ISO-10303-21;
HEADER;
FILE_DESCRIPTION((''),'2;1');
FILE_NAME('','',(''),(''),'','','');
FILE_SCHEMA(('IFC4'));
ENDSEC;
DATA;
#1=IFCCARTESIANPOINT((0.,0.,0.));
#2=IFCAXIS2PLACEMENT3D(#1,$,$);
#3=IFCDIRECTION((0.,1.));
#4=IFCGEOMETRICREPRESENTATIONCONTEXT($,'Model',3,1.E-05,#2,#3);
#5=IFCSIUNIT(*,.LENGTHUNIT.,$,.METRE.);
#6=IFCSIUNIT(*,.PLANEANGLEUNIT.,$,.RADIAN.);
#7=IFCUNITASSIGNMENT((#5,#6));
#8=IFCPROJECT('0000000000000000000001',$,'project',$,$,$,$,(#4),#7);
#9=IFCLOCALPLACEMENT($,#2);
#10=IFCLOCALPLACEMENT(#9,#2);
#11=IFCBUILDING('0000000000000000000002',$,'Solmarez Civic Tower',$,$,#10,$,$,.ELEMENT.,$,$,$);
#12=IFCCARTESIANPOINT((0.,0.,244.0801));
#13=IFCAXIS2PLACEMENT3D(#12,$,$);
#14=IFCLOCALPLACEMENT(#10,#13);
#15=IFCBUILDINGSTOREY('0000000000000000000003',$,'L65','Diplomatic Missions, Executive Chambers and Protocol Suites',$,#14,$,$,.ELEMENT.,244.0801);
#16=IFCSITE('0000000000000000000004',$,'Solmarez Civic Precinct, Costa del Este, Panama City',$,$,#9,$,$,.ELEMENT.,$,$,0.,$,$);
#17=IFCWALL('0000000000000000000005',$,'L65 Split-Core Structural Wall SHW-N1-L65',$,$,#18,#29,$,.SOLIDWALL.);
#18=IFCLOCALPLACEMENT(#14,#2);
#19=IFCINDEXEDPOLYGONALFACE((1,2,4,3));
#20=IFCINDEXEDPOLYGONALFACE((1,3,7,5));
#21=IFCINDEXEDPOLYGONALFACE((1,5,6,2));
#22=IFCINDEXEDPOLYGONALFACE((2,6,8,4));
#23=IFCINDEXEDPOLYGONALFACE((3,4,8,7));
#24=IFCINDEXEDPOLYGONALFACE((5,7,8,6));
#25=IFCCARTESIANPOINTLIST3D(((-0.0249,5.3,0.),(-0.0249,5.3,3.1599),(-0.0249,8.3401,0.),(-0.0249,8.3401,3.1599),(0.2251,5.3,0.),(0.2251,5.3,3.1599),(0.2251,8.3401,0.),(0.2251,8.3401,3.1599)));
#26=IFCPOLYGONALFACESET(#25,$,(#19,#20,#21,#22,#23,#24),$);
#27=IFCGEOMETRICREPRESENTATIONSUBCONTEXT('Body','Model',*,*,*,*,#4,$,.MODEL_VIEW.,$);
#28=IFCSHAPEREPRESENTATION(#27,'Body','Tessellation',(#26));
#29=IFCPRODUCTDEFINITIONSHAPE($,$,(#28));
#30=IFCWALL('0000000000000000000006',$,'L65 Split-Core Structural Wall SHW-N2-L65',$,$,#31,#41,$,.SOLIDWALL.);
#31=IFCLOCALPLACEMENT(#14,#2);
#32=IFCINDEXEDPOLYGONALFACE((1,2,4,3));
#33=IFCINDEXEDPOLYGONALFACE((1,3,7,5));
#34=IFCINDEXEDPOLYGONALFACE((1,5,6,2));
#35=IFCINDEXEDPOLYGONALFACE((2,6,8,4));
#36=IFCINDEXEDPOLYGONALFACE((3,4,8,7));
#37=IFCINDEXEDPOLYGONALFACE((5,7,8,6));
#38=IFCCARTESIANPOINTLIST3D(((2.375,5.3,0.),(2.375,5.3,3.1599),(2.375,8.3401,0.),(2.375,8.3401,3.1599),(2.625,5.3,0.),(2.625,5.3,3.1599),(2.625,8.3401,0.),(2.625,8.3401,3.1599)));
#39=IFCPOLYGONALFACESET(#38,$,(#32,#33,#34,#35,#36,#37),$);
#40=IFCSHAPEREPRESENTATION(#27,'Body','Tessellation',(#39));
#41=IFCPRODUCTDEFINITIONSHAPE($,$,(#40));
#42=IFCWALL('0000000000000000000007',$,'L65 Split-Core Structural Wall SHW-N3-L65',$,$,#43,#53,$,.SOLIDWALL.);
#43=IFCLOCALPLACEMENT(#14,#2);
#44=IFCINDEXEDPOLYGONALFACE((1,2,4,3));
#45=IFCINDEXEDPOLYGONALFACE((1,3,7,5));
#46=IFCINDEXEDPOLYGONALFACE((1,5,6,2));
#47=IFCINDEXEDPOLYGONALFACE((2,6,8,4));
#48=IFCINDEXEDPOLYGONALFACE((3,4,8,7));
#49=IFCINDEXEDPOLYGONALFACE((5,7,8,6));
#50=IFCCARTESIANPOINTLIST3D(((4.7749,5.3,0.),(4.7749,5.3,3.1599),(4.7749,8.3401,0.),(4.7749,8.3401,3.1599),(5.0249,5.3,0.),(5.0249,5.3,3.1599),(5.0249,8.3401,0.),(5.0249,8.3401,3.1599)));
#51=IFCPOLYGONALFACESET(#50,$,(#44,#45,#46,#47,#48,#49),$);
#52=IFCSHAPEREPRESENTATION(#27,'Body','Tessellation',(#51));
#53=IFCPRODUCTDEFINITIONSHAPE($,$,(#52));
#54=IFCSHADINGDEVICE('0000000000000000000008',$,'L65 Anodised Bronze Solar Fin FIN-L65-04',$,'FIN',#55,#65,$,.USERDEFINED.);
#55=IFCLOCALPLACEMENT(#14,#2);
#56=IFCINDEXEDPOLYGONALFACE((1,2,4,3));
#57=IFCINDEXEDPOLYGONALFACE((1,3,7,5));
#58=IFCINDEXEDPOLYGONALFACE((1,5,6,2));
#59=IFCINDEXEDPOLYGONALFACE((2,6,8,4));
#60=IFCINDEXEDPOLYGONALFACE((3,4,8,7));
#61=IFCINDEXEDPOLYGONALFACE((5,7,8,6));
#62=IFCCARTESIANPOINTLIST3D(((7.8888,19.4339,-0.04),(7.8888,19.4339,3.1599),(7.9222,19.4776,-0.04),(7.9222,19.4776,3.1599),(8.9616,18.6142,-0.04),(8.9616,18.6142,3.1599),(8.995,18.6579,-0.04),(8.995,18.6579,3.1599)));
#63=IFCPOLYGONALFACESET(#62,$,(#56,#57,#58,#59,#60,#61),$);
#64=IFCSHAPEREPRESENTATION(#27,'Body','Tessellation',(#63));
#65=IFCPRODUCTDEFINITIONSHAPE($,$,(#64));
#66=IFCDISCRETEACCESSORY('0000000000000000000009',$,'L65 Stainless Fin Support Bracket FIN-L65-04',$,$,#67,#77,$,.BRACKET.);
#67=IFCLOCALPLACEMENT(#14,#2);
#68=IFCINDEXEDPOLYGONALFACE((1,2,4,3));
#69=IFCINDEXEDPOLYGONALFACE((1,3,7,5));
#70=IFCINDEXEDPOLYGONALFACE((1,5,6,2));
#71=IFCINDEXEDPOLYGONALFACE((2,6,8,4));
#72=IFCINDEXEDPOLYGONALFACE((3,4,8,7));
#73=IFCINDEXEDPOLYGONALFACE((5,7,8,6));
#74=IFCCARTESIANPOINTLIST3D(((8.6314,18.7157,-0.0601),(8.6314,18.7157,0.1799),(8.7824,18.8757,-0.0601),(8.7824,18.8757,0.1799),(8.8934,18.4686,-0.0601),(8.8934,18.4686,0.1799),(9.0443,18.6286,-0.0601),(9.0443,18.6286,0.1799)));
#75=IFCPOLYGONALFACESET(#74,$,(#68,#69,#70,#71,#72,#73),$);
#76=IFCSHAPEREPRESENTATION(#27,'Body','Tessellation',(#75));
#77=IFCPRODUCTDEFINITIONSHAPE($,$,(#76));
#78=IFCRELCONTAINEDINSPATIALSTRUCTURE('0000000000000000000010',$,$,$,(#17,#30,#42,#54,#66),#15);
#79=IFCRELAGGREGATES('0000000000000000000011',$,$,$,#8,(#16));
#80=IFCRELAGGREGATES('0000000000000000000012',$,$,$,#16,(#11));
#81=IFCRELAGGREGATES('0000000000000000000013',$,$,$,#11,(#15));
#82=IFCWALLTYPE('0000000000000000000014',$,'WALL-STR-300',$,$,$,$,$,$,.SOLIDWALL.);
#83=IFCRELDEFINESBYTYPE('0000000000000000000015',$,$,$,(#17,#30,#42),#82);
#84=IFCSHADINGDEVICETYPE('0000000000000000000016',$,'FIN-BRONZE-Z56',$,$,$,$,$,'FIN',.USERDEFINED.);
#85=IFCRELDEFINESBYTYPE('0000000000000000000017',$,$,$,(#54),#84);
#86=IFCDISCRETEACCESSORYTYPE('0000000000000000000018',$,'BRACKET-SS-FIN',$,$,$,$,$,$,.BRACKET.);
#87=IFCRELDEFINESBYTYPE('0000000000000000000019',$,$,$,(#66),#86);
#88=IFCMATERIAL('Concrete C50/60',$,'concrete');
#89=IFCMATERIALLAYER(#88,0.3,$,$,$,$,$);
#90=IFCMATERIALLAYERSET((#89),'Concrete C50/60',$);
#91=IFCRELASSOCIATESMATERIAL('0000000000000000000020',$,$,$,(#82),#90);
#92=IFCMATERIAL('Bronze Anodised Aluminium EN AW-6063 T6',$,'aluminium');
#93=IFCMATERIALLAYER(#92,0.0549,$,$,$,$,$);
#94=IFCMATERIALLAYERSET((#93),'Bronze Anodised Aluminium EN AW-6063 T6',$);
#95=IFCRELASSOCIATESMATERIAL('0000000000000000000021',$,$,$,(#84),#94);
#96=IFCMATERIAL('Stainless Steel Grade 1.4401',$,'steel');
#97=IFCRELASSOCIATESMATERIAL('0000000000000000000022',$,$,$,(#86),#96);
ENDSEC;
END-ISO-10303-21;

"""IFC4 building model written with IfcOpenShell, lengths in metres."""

from ifc_helpers import new_model, si_unit, direction, frame, frame_2d, origin, origin_2d, place, context, subcontext, project, spatial, rectangle, extrude, material, layer, layer_set, type_object, element, save


model = new_model("IFC4")

# Units and contexts
model_context = context("Model", 3, precision=1e-05, world=origin(), true_north=direction((0.0, 1.0)))
body_context = subcontext(model_context, "Body", "Model", "MODEL_VIEW")
ifc_project = project(units=[si_unit("LENGTHUNIT", "METRE"), si_unit("PLANEANGLEUNIT", "RADIAN")], contexts=[model_context])

# Site, building, storey
site_placement = place(None, origin())
site = spatial("IfcSite", under=ifc_project, at=site_placement, Name="Solmarez Civic Precinct, Costa del Este, Panama City", CompositionType="ELEMENT", RefElevation=0.0)
building_placement = place(site_placement, origin())
building = spatial("IfcBuilding", under=site, at=building_placement, Name="Solmarez Civic Tower", CompositionType="ELEMENT")
storey_placement = place(building_placement, frame((0.0, 0.0, 244.0801)))
storey = spatial("IfcBuildingStorey", under=building, at=storey_placement, Name="L65", Description="Diplomatic Missions, Executive Chambers and Protocol Suites", CompositionType="ELEMENT", Elevation=244.0801)

# Shared definitions
ifc_material_1 = material(Name="Concrete C50/60", Category="concrete")

# Shared definitions
ifc_layer_1 = layer(ifc_material_1, 0.3)
ifc_layer_set_1 = layer_set([ifc_layer_1], Name="Concrete C50/60")
wall_type_1 = type_object("IfcWallType", Name="WALL-STR-300", PredefinedType="SOLIDWALL", material=ifc_layer_set_1)

# Walls
for number, where, z_axis, x_axis, name in (
    (1, (0.1001, 5.3, 0.0), (0.0, 0.0, 1.0), (0.0, 1.0, 0.0), "L65 Split-Core Structural Wall SHW-N1-L65"),
    (2, (2.5, 5.3, 0.0), (0.0, 0.0, 1.0), (0.0, 1.0, 0.0), "L65 Split-Core Structural Wall SHW-N2-L65"),
    (3, (4.8999, 5.3, 0.0), (0.0, 0.0, 1.0), (0.0, 1.0, 0.0), "L65 Split-Core Structural Wall SHW-N3-L65"),
):
    element("IfcWall", number, at=place(storey_placement, frame(where, z_axis=z_axis, x_axis=x_axis)), inside=storey, type_object=wall_type_1, Name=name, PredefinedType="SOLIDWALL", context=body_context, shape_type="SweptSolid", body=[
        extrude(rectangle(XDim=3.04, YDim=0.25, at=frame_2d((1.52, 0.0))), origin(), (0.0, 0.0, 1.0), 3.1599),
    ])

# Shading device
ifc_material_2 = material(Name="Bronze Anodised Aluminium EN AW-6063 T6", Category="aluminium")
ifc_layer_2 = layer(ifc_material_2, 0.0549)
ifc_layer_set_2 = layer_set([ifc_layer_2], Name="Bronze Anodised Aluminium EN AW-6063 T6")
shading_device_type = type_object("IfcShadingDeviceType", Name="FIN-BRONZE-Z56", ElementType="FIN", PredefinedType="USERDEFINED", material=ifc_layer_set_2)
shading_device_placement = place(storey_placement, frame((8.4419, 19.0459, -0.04), z_axis=(0.0, 0.0, 1.0), x_axis=(-0.794584, 0.607154, 0.0)))
element("IfcShadingDevice", 4, at=shading_device_placement, inside=storey, type_object=shading_device_type, Name="L65 Anodised Bronze Solar Fin FIN-L65-04", ObjectType="FIN", PredefinedType="USERDEFINED", context=body_context, shape_type="SweptSolid", body=[
    extrude(rectangle(XDim=1.3501, YDim=0.0549, at=origin_2d()), origin(), (0.0, 0.0, 1.0), 3.2),
])

# Discrete accessory
ifc_material_3 = material(Name="Stainless Steel Grade 1.4401", Category="steel")
discrete_accessory_type = type_object("IfcDiscreteAccessoryType", Name="BRACKET-SS-FIN", PredefinedType="BRACKET", material=ifc_material_3)
discrete_accessory_placement = place(storey_placement, frame((8.8379, 18.6721, -0.0601), z_axis=(0.0, 0.0, 1.0), x_axis=(-0.727453, 0.686158, 0.0)))
element("IfcDiscreteAccessory", 5, at=discrete_accessory_placement, inside=storey, type_object=discrete_accessory_type, Name="L65 Stainless Fin Support Bracket FIN-L65-04", PredefinedType="BRACKET", context=body_context, shape_type="SweptSolid", body=[
    extrude(rectangle(XDim=0.3601, YDim=0.22, at=origin_2d()), origin(), (0.0, 0.0, 1.0), 0.24),
])

save(model, "model.ifc")
